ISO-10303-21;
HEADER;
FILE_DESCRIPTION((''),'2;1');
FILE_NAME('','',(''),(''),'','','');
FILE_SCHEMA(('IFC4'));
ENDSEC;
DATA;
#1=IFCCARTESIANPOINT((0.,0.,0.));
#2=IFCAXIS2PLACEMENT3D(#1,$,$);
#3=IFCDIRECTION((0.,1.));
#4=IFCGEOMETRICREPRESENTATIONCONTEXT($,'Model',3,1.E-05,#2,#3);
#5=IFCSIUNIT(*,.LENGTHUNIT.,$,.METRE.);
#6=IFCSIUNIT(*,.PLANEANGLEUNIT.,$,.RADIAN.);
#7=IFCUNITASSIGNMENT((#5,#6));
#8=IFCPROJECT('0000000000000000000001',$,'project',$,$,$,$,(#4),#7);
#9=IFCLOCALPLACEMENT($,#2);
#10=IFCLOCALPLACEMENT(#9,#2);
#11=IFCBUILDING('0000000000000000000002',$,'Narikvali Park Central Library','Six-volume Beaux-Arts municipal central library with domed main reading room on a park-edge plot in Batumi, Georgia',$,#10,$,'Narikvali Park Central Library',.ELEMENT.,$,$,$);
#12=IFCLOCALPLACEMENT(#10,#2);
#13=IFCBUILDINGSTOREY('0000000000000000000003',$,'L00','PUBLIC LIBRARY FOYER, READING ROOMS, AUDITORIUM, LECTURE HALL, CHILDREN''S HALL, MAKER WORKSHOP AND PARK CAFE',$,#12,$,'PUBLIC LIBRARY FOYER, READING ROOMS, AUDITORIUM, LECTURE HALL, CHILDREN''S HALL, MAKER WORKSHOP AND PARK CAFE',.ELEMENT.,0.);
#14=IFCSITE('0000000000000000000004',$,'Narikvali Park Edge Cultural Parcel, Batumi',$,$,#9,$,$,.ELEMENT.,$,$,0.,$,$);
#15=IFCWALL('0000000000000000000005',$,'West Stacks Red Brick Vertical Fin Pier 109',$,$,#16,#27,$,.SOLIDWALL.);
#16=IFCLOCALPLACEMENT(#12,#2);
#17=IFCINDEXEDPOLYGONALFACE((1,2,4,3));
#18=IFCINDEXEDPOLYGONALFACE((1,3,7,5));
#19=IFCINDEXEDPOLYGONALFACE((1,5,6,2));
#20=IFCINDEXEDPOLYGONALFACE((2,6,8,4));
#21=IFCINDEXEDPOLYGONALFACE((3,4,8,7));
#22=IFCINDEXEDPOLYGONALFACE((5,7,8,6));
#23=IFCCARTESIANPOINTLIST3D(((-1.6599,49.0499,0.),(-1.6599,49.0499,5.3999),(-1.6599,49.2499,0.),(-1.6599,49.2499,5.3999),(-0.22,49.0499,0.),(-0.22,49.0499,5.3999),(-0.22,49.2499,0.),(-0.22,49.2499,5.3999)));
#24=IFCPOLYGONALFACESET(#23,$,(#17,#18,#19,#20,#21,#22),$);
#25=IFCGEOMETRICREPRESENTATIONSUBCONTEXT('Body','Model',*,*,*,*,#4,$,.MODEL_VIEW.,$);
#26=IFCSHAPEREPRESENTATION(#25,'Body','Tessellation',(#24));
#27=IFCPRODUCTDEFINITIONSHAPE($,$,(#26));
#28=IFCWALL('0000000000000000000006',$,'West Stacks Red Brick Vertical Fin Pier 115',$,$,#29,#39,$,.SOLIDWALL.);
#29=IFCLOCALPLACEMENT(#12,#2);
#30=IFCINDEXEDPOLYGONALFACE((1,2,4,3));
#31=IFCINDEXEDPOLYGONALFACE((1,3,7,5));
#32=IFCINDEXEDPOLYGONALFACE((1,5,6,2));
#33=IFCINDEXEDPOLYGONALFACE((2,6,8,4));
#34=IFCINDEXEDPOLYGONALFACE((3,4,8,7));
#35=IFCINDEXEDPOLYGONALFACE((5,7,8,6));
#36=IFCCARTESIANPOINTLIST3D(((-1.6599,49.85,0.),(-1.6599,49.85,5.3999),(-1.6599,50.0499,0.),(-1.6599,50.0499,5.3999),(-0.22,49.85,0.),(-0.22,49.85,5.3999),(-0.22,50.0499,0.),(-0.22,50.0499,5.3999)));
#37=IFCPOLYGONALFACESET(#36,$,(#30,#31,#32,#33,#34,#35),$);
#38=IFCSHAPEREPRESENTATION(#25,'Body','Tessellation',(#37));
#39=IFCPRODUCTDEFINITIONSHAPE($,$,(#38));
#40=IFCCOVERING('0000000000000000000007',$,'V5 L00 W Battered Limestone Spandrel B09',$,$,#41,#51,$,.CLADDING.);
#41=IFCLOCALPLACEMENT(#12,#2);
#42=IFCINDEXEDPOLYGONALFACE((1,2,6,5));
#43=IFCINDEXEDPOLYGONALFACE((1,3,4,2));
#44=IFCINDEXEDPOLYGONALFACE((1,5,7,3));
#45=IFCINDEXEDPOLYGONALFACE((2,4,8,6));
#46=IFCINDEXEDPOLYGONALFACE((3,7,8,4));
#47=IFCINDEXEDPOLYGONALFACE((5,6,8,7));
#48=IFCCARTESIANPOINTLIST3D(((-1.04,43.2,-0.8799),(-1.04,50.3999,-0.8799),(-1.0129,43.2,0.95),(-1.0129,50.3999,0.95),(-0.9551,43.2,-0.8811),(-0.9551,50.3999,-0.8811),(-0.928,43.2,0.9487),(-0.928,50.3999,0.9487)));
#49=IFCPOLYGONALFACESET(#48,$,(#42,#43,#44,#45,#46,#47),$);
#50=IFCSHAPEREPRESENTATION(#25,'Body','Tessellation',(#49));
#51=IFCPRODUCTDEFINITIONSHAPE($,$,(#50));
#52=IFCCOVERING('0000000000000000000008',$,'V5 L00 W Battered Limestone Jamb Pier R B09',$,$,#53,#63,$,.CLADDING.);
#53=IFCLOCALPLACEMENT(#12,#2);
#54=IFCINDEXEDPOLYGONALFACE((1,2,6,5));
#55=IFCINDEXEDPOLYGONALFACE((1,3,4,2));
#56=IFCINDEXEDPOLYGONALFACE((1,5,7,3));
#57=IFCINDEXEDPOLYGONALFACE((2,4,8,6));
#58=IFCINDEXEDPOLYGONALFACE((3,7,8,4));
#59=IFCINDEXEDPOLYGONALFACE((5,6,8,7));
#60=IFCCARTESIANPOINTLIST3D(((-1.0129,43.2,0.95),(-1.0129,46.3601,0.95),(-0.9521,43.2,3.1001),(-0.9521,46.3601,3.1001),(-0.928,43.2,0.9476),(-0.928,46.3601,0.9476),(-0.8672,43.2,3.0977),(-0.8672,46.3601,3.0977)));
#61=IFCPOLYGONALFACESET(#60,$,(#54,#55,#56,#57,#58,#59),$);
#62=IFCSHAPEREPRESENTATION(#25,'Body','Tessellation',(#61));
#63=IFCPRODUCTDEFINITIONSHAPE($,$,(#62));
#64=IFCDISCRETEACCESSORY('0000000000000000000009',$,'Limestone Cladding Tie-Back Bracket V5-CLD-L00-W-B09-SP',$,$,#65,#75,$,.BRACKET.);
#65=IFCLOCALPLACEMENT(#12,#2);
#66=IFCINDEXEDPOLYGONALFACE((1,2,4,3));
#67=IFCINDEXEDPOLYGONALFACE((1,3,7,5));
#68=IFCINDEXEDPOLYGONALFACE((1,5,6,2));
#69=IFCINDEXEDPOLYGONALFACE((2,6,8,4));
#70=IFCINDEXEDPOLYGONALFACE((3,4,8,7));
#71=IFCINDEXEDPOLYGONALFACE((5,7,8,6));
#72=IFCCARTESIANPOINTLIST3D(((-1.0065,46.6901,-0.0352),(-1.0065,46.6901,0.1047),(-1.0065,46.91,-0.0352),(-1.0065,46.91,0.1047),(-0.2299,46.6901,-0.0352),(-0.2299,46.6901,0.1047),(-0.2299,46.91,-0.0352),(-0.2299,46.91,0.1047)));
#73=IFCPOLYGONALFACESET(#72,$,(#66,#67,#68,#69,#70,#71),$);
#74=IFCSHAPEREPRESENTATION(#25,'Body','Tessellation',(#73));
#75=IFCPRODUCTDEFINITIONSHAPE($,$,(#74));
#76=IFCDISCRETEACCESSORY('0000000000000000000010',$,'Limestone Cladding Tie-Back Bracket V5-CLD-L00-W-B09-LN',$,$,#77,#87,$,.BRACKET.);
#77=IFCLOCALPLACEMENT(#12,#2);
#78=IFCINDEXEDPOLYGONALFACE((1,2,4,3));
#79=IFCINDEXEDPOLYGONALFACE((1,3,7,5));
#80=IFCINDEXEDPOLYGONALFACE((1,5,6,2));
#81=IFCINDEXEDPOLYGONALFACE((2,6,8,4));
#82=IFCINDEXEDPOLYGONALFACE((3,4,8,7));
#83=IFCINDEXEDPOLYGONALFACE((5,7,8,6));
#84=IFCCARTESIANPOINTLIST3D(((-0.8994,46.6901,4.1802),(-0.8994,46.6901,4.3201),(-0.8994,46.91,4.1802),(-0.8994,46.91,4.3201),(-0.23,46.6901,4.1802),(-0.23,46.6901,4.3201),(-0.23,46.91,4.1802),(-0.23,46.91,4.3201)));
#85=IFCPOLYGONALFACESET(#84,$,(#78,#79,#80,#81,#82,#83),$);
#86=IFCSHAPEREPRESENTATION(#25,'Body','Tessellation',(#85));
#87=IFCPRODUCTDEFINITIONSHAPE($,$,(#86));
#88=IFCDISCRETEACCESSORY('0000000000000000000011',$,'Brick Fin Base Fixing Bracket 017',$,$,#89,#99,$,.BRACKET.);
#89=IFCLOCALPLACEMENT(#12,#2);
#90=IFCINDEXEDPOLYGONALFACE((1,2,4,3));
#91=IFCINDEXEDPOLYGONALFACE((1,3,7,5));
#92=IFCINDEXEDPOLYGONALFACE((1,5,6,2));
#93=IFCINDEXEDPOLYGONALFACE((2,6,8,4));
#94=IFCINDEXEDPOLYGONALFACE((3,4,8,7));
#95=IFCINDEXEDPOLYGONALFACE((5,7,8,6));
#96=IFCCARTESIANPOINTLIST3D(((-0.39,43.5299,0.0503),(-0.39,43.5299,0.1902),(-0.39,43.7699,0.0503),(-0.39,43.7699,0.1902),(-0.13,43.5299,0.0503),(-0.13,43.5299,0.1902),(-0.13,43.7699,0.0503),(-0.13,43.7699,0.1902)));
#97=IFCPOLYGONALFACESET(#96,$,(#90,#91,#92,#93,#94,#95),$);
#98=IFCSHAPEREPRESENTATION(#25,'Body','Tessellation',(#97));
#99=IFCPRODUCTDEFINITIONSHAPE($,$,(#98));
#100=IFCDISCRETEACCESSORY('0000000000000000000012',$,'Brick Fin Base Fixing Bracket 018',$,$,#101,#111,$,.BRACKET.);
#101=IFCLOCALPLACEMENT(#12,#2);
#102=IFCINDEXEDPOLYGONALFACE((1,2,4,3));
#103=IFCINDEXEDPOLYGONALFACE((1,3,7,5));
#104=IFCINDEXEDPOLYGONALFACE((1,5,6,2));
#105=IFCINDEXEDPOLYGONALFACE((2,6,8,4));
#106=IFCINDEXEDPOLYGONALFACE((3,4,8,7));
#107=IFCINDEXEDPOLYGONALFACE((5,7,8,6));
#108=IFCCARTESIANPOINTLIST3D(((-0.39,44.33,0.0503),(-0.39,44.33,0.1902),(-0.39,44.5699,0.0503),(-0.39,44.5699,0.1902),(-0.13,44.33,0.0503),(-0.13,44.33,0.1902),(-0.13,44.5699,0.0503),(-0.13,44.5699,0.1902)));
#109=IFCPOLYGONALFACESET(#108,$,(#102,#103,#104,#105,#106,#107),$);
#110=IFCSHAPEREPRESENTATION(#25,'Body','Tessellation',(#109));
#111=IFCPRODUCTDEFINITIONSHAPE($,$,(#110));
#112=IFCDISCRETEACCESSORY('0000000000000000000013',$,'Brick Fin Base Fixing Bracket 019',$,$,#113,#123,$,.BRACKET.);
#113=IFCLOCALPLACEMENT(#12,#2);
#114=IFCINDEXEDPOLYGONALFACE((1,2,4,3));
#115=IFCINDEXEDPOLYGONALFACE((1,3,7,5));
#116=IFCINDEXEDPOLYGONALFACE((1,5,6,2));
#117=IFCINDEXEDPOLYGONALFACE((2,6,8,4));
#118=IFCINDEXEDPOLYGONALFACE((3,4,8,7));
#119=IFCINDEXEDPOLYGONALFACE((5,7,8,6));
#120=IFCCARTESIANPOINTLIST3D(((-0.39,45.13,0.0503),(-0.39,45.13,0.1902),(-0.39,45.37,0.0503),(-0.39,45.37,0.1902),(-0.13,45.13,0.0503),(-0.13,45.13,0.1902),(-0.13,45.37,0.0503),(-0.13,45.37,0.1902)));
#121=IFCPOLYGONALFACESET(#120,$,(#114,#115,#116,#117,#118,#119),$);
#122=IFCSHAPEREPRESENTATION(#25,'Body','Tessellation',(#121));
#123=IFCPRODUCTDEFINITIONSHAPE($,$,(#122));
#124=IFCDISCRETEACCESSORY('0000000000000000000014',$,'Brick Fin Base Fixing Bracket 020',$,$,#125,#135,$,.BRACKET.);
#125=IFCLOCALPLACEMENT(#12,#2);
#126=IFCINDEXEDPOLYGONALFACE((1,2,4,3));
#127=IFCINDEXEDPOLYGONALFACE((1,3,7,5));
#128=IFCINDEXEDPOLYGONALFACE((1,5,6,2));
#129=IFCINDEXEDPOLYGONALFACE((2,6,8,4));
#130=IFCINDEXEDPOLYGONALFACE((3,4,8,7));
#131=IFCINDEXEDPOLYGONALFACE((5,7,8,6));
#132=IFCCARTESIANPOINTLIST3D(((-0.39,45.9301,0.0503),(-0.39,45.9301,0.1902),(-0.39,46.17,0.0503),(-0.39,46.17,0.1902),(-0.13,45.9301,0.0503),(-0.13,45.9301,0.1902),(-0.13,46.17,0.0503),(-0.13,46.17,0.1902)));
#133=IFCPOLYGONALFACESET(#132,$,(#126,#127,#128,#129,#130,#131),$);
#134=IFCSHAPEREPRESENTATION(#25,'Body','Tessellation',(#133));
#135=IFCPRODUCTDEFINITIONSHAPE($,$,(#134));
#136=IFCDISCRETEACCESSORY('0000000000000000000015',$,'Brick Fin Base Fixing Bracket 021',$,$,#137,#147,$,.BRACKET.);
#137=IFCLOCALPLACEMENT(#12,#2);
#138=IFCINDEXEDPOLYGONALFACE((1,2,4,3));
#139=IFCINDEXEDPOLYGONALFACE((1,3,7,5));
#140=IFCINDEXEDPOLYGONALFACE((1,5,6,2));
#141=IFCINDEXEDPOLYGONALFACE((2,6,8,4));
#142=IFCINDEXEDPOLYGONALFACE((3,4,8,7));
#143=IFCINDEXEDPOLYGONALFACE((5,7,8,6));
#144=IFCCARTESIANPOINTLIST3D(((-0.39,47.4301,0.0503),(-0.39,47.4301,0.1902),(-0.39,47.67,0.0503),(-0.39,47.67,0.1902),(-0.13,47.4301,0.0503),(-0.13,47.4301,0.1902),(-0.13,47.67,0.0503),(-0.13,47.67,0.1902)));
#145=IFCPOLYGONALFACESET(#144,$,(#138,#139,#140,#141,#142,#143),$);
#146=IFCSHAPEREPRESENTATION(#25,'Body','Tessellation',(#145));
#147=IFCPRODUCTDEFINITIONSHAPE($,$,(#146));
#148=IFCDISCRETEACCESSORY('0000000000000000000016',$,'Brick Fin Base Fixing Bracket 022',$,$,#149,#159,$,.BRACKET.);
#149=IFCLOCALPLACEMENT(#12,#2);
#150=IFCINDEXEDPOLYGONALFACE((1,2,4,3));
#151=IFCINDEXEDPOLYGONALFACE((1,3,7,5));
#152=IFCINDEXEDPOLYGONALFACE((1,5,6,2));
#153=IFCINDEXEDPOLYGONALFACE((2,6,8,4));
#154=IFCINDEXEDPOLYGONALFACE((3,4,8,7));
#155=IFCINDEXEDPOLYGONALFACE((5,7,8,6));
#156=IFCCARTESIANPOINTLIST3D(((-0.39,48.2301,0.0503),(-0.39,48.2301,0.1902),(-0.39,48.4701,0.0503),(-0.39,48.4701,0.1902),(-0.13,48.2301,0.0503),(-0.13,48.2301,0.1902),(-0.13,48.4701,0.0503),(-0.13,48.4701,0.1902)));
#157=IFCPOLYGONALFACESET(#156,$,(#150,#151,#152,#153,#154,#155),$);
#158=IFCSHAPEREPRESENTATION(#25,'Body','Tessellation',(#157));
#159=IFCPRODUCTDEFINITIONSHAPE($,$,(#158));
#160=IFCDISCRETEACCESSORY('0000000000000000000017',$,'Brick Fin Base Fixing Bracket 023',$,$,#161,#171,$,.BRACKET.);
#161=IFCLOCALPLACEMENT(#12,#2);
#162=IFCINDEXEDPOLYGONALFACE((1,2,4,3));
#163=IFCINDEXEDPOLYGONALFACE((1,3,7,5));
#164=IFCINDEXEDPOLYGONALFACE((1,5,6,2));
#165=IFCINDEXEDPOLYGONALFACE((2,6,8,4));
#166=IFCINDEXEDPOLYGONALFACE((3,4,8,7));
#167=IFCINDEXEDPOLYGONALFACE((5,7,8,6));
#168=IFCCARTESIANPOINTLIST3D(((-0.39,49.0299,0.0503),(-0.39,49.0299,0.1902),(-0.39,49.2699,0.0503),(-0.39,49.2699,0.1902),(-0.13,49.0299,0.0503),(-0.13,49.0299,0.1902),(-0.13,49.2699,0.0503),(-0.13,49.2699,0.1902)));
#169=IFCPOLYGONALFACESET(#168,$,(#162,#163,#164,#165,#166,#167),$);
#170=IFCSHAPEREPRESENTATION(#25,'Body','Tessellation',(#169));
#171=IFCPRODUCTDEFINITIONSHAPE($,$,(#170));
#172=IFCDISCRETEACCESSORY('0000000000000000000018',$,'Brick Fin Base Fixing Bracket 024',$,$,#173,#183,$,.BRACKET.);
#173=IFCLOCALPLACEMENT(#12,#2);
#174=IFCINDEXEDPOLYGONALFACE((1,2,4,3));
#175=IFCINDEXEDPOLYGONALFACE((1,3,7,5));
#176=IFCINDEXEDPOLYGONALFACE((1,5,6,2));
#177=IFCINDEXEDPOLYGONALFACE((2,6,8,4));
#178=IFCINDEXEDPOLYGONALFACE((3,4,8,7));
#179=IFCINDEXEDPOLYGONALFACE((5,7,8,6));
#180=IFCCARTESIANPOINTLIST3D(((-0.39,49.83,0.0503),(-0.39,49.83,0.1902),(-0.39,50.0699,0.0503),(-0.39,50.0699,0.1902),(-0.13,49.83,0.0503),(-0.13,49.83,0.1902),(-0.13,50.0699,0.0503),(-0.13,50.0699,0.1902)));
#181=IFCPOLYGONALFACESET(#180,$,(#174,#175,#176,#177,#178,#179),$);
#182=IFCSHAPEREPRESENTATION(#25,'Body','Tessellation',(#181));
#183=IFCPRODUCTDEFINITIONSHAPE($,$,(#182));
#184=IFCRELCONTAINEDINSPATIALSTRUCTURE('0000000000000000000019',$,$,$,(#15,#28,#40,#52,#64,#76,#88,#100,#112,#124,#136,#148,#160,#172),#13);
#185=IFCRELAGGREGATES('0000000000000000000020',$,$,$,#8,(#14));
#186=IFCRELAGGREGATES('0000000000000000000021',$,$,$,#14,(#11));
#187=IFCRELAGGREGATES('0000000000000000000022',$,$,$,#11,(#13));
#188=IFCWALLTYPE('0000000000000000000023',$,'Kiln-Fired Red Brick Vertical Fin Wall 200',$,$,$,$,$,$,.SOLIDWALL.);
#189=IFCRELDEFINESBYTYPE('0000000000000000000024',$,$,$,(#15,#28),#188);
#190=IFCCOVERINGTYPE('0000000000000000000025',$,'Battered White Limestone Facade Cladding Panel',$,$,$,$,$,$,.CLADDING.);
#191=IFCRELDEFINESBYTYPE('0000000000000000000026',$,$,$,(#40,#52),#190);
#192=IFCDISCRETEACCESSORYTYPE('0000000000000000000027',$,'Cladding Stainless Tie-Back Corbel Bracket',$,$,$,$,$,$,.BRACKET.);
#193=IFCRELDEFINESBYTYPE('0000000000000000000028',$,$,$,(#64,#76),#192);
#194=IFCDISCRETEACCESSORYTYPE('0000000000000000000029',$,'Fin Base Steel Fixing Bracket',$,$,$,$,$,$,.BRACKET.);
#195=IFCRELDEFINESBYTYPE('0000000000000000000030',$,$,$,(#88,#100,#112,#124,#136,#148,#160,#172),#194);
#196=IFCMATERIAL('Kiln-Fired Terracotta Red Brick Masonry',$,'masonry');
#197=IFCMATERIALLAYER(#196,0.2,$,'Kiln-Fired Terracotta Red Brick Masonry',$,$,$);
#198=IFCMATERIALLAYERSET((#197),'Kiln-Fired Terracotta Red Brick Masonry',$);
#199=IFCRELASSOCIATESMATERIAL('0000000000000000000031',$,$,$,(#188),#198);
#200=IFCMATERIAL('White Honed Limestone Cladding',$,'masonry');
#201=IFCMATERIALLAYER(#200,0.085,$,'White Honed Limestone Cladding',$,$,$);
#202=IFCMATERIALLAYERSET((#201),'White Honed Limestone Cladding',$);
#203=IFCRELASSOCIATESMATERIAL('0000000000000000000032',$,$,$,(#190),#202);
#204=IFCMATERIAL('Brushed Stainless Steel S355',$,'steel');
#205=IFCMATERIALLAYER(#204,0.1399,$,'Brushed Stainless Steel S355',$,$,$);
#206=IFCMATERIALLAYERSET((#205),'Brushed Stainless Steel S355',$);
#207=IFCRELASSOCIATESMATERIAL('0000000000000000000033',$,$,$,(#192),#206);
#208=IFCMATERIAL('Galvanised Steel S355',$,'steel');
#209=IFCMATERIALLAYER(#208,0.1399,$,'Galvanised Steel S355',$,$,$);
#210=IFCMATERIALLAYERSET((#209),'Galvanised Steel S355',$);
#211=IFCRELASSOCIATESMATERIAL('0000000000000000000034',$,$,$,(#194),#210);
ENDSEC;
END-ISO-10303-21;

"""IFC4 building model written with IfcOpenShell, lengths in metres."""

from ifc_helpers import new_model, si_unit, direction, frame, frame_2d, origin, origin_2d, place, context, subcontext, project, spatial, polyline, rectangle, outline, extrude, material, layer, layer_set, type_object, element, save


model = new_model("IFC4")

# Units and contexts
model_context = context("Model", 3, precision=1e-05, world=origin(), true_north=direction((0.0, 1.0)))
body_context = subcontext(model_context, "Body", "Model", "MODEL_VIEW")
ifc_project = project(units=[si_unit("LENGTHUNIT", "METRE"), si_unit("PLANEANGLEUNIT", "RADIAN")], contexts=[model_context])

# Site, building, storey
site_placement = place(None, origin())
site = spatial("IfcSite", under=ifc_project, at=site_placement, Name="Narikvali Park Edge Cultural Parcel, Batumi", CompositionType="ELEMENT", RefElevation=0.0)
building_placement = place(site_placement, origin())
building = spatial("IfcBuilding", under=site, at=building_placement, Name="Narikvali Park Central Library", Description="Six-volume Beaux-Arts municipal central library with domed main reading room on a park-edge plot in Batumi, Georgia", LongName="Narikvali Park Central Library", CompositionType="ELEMENT")
storey_placement = place(building_placement, origin())
storey = spatial("IfcBuildingStorey", under=building, at=storey_placement, Name="L00", Description="PUBLIC LIBRARY FOYER, READING ROOMS, AUDITORIUM, LECTURE HALL, CHILDREN'S HALL, MAKER WORKSHOP AND PARK CAFE", LongName="PUBLIC LIBRARY FOYER, READING ROOMS, AUDITORIUM, LECTURE HALL, CHILDREN'S HALL, MAKER WORKSHOP AND PARK CAFE", CompositionType="ELEMENT", Elevation=0.0)

# Walls
ifc_material_1 = material(Name="Kiln-Fired Terracotta Red Brick Masonry", Category="masonry")
ifc_layer_1 = layer(ifc_material_1, 0.2, Name="Kiln-Fired Terracotta Red Brick Masonry")
ifc_layer_set_1 = layer_set([ifc_layer_1], Name="Kiln-Fired Terracotta Red Brick Masonry")
wall_type = type_object("IfcWallType", Name="Kiln-Fired Red Brick Vertical Fin Wall 200", PredefinedType="SOLIDWALL", material=ifc_layer_set_1)
for number, where, z_axis, x_axis, name in (
    (1, (-1.6599, 49.1499, 0.0), (0.0, 0.0, 1.0), (1.0, 0.0, 0.0), "West Stacks Red Brick Vertical Fin Pier 109"),
    (2, (-1.6599, 49.95, 0.0), (0.0, 0.0, 1.0), (1.0, 0.0, 0.0), "West Stacks Red Brick Vertical Fin Pier 115"),
):
    element("IfcWall", number, at=place(storey_placement, frame(where, z_axis=z_axis, x_axis=x_axis)), inside=storey, type_object=wall_type, Name=name, PredefinedType="SOLIDWALL", context=body_context, shape_type="SweptSolid", body=[
        extrude(rectangle(XDim=1.4399, YDim=0.2, at=frame_2d((0.72, 0.0))), origin(), (0.0, 0.0, 1.0), 5.3999),
    ])

# Coverings
ifc_material_2 = material(Name="White Honed Limestone Cladding", Category="masonry")
ifc_layer_2 = layer(ifc_material_2, 0.085, Name="White Honed Limestone Cladding")
ifc_layer_set_2 = layer_set([ifc_layer_2], Name="White Honed Limestone Cladding")
covering_type = type_object("IfcCoveringType", Name="Battered White Limestone Facade Cladding Panel", PredefinedType="CLADDING", material=ifc_layer_set_2)
covering_1_placement = place(storey_placement, frame((-1.04, 50.3999, -0.8799), z_axis=(-0.99989, 0.0, 0.014808), x_axis=(0.0, -1.0, 0.0)))
element("IfcCovering", 3, at=covering_1_placement, inside=storey, type_object=covering_type, Name="V5 L00 W Battered Limestone Spandrel B09", PredefinedType="CLADDING", context=body_context, shape_type="SweptSolid", body=[
    extrude(outline(polyline([(0.0, 0.0), (7.2, 0.0), (7.2, 1.83), (0.0, 1.83), (0.0, 0.0)])), origin(), (0.0, 0.0, -1.0), 0.085),
])
covering_2_placement = place(storey_placement, frame((-1.0129, 46.3601, 0.95), z_axis=(-0.999601, 0.0, 0.028262), x_axis=(0.0, -1.0, 0.0)))
element("IfcCovering", 4, at=covering_2_placement, inside=storey, type_object=covering_type, Name="V5 L00 W Battered Limestone Jamb Pier R B09", PredefinedType="CLADDING", context=body_context, shape_type="SweptSolid", body=[
    extrude(outline(polyline([(0.0, 0.0), (3.1602, 0.0), (3.1602, 2.151), (0.0, 2.151), (0.0, 0.0)])), origin(), (0.0, 0.0, -1.0), 0.085),
])

# Discrete accessories
ifc_material_3 = material(Name="Brushed Stainless Steel S355", Category="steel")
ifc_layer_3 = layer(ifc_material_3, 0.1399, Name="Brushed Stainless Steel S355")
ifc_layer_set_3 = layer_set([ifc_layer_3], Name="Brushed Stainless Steel S355")
discrete_accessory_type_1 = type_object("IfcDiscreteAccessoryType", Name="Cladding Stainless Tie-Back Corbel Bracket", PredefinedType="BRACKET", material=ifc_layer_set_3)
discrete_accessory_1_placement = place(storey_placement, frame((-0.6182, 46.8, -0.0352), z_axis=(0.0, 0.0, 1.0), x_axis=(1.0, 0.0, 0.0)))
element("IfcDiscreteAccessory", 5, at=discrete_accessory_1_placement, inside=storey, type_object=discrete_accessory_type_1, Name="Limestone Cladding Tie-Back Bracket V5-CLD-L00-W-B09-SP", PredefinedType="BRACKET", context=body_context, shape_type="SweptSolid", body=[
    extrude(rectangle(XDim=0.7766, YDim=0.22, at=origin_2d()), origin(), (0.0, 0.0, 1.0), 0.1399),
])
discrete_accessory_2_placement = place(storey_placement, frame((-0.5647, 46.8, 4.1802), z_axis=(0.0, 0.0, 1.0), x_axis=(1.0, 0.0, 0.0)))
element("IfcDiscreteAccessory", 6, at=discrete_accessory_2_placement, inside=storey, type_object=discrete_accessory_type_1, Name="Limestone Cladding Tie-Back Bracket V5-CLD-L00-W-B09-LN", PredefinedType="BRACKET", context=body_context, shape_type="SweptSolid", body=[
    extrude(rectangle(XDim=0.6694, YDim=0.22, at=origin_2d()), origin(), (0.0, 0.0, 1.0), 0.1399),
])
ifc_material_4 = material(Name="Galvanised Steel S355", Category="steel")
ifc_layer_4 = layer(ifc_material_4, 0.1399, Name="Galvanised Steel S355")
ifc_layer_set_4 = layer_set([ifc_layer_4], Name="Galvanised Steel S355")
discrete_accessory_type_2 = type_object("IfcDiscreteAccessoryType", Name="Fin Base Steel Fixing Bracket", PredefinedType="BRACKET", material=ifc_layer_set_4)
for number, where, z_axis, x_axis, name in (
    (7, (-0.26, 43.6499, 0.0503), (0.0, 0.0, 1.0), (1.0, 0.0, 0.0), "Brick Fin Base Fixing Bracket 017"),
    (8, (-0.26, 44.45, 0.0503), (0.0, 0.0, 1.0), (1.0, 0.0, 0.0), "Brick Fin Base Fixing Bracket 018"),
    (9, (-0.26, 45.25, 0.0503), (0.0, 0.0, 1.0), (1.0, 0.0, 0.0), "Brick Fin Base Fixing Bracket 019"),
    (10, (-0.26, 46.05, 0.0503), (0.0, 0.0, 1.0), (1.0, 0.0, 0.0), "Brick Fin Base Fixing Bracket 020"),
    (11, (-0.26, 47.55, 0.0503), (0.0, 0.0, 1.0), (1.0, 0.0, 0.0), "Brick Fin Base Fixing Bracket 021"),
    (12, (-0.26, 48.3501, 0.0503), (0.0, 0.0, 1.0), (1.0, 0.0, 0.0), "Brick Fin Base Fixing Bracket 022"),
    (13, (-0.26, 49.1499, 0.0503), (0.0, 0.0, 1.0), (1.0, 0.0, 0.0), "Brick Fin Base Fixing Bracket 023"),
    (14, (-0.26, 49.95, 0.0503), (0.0, 0.0, 1.0), (1.0, 0.0, 0.0), "Brick Fin Base Fixing Bracket 024"),
):
    element("IfcDiscreteAccessory", number, at=place(storey_placement, frame(where, z_axis=z_axis, x_axis=x_axis)), inside=storey, type_object=discrete_accessory_type_2, Name=name, PredefinedType="BRACKET", context=body_context, shape_type="SweptSolid", body=[
        extrude(rectangle(XDim=0.26, YDim=0.24, at=origin_2d()), origin(), (0.0, 0.0, 1.0), 0.1399),
    ])

save(model, "model.ifc")
